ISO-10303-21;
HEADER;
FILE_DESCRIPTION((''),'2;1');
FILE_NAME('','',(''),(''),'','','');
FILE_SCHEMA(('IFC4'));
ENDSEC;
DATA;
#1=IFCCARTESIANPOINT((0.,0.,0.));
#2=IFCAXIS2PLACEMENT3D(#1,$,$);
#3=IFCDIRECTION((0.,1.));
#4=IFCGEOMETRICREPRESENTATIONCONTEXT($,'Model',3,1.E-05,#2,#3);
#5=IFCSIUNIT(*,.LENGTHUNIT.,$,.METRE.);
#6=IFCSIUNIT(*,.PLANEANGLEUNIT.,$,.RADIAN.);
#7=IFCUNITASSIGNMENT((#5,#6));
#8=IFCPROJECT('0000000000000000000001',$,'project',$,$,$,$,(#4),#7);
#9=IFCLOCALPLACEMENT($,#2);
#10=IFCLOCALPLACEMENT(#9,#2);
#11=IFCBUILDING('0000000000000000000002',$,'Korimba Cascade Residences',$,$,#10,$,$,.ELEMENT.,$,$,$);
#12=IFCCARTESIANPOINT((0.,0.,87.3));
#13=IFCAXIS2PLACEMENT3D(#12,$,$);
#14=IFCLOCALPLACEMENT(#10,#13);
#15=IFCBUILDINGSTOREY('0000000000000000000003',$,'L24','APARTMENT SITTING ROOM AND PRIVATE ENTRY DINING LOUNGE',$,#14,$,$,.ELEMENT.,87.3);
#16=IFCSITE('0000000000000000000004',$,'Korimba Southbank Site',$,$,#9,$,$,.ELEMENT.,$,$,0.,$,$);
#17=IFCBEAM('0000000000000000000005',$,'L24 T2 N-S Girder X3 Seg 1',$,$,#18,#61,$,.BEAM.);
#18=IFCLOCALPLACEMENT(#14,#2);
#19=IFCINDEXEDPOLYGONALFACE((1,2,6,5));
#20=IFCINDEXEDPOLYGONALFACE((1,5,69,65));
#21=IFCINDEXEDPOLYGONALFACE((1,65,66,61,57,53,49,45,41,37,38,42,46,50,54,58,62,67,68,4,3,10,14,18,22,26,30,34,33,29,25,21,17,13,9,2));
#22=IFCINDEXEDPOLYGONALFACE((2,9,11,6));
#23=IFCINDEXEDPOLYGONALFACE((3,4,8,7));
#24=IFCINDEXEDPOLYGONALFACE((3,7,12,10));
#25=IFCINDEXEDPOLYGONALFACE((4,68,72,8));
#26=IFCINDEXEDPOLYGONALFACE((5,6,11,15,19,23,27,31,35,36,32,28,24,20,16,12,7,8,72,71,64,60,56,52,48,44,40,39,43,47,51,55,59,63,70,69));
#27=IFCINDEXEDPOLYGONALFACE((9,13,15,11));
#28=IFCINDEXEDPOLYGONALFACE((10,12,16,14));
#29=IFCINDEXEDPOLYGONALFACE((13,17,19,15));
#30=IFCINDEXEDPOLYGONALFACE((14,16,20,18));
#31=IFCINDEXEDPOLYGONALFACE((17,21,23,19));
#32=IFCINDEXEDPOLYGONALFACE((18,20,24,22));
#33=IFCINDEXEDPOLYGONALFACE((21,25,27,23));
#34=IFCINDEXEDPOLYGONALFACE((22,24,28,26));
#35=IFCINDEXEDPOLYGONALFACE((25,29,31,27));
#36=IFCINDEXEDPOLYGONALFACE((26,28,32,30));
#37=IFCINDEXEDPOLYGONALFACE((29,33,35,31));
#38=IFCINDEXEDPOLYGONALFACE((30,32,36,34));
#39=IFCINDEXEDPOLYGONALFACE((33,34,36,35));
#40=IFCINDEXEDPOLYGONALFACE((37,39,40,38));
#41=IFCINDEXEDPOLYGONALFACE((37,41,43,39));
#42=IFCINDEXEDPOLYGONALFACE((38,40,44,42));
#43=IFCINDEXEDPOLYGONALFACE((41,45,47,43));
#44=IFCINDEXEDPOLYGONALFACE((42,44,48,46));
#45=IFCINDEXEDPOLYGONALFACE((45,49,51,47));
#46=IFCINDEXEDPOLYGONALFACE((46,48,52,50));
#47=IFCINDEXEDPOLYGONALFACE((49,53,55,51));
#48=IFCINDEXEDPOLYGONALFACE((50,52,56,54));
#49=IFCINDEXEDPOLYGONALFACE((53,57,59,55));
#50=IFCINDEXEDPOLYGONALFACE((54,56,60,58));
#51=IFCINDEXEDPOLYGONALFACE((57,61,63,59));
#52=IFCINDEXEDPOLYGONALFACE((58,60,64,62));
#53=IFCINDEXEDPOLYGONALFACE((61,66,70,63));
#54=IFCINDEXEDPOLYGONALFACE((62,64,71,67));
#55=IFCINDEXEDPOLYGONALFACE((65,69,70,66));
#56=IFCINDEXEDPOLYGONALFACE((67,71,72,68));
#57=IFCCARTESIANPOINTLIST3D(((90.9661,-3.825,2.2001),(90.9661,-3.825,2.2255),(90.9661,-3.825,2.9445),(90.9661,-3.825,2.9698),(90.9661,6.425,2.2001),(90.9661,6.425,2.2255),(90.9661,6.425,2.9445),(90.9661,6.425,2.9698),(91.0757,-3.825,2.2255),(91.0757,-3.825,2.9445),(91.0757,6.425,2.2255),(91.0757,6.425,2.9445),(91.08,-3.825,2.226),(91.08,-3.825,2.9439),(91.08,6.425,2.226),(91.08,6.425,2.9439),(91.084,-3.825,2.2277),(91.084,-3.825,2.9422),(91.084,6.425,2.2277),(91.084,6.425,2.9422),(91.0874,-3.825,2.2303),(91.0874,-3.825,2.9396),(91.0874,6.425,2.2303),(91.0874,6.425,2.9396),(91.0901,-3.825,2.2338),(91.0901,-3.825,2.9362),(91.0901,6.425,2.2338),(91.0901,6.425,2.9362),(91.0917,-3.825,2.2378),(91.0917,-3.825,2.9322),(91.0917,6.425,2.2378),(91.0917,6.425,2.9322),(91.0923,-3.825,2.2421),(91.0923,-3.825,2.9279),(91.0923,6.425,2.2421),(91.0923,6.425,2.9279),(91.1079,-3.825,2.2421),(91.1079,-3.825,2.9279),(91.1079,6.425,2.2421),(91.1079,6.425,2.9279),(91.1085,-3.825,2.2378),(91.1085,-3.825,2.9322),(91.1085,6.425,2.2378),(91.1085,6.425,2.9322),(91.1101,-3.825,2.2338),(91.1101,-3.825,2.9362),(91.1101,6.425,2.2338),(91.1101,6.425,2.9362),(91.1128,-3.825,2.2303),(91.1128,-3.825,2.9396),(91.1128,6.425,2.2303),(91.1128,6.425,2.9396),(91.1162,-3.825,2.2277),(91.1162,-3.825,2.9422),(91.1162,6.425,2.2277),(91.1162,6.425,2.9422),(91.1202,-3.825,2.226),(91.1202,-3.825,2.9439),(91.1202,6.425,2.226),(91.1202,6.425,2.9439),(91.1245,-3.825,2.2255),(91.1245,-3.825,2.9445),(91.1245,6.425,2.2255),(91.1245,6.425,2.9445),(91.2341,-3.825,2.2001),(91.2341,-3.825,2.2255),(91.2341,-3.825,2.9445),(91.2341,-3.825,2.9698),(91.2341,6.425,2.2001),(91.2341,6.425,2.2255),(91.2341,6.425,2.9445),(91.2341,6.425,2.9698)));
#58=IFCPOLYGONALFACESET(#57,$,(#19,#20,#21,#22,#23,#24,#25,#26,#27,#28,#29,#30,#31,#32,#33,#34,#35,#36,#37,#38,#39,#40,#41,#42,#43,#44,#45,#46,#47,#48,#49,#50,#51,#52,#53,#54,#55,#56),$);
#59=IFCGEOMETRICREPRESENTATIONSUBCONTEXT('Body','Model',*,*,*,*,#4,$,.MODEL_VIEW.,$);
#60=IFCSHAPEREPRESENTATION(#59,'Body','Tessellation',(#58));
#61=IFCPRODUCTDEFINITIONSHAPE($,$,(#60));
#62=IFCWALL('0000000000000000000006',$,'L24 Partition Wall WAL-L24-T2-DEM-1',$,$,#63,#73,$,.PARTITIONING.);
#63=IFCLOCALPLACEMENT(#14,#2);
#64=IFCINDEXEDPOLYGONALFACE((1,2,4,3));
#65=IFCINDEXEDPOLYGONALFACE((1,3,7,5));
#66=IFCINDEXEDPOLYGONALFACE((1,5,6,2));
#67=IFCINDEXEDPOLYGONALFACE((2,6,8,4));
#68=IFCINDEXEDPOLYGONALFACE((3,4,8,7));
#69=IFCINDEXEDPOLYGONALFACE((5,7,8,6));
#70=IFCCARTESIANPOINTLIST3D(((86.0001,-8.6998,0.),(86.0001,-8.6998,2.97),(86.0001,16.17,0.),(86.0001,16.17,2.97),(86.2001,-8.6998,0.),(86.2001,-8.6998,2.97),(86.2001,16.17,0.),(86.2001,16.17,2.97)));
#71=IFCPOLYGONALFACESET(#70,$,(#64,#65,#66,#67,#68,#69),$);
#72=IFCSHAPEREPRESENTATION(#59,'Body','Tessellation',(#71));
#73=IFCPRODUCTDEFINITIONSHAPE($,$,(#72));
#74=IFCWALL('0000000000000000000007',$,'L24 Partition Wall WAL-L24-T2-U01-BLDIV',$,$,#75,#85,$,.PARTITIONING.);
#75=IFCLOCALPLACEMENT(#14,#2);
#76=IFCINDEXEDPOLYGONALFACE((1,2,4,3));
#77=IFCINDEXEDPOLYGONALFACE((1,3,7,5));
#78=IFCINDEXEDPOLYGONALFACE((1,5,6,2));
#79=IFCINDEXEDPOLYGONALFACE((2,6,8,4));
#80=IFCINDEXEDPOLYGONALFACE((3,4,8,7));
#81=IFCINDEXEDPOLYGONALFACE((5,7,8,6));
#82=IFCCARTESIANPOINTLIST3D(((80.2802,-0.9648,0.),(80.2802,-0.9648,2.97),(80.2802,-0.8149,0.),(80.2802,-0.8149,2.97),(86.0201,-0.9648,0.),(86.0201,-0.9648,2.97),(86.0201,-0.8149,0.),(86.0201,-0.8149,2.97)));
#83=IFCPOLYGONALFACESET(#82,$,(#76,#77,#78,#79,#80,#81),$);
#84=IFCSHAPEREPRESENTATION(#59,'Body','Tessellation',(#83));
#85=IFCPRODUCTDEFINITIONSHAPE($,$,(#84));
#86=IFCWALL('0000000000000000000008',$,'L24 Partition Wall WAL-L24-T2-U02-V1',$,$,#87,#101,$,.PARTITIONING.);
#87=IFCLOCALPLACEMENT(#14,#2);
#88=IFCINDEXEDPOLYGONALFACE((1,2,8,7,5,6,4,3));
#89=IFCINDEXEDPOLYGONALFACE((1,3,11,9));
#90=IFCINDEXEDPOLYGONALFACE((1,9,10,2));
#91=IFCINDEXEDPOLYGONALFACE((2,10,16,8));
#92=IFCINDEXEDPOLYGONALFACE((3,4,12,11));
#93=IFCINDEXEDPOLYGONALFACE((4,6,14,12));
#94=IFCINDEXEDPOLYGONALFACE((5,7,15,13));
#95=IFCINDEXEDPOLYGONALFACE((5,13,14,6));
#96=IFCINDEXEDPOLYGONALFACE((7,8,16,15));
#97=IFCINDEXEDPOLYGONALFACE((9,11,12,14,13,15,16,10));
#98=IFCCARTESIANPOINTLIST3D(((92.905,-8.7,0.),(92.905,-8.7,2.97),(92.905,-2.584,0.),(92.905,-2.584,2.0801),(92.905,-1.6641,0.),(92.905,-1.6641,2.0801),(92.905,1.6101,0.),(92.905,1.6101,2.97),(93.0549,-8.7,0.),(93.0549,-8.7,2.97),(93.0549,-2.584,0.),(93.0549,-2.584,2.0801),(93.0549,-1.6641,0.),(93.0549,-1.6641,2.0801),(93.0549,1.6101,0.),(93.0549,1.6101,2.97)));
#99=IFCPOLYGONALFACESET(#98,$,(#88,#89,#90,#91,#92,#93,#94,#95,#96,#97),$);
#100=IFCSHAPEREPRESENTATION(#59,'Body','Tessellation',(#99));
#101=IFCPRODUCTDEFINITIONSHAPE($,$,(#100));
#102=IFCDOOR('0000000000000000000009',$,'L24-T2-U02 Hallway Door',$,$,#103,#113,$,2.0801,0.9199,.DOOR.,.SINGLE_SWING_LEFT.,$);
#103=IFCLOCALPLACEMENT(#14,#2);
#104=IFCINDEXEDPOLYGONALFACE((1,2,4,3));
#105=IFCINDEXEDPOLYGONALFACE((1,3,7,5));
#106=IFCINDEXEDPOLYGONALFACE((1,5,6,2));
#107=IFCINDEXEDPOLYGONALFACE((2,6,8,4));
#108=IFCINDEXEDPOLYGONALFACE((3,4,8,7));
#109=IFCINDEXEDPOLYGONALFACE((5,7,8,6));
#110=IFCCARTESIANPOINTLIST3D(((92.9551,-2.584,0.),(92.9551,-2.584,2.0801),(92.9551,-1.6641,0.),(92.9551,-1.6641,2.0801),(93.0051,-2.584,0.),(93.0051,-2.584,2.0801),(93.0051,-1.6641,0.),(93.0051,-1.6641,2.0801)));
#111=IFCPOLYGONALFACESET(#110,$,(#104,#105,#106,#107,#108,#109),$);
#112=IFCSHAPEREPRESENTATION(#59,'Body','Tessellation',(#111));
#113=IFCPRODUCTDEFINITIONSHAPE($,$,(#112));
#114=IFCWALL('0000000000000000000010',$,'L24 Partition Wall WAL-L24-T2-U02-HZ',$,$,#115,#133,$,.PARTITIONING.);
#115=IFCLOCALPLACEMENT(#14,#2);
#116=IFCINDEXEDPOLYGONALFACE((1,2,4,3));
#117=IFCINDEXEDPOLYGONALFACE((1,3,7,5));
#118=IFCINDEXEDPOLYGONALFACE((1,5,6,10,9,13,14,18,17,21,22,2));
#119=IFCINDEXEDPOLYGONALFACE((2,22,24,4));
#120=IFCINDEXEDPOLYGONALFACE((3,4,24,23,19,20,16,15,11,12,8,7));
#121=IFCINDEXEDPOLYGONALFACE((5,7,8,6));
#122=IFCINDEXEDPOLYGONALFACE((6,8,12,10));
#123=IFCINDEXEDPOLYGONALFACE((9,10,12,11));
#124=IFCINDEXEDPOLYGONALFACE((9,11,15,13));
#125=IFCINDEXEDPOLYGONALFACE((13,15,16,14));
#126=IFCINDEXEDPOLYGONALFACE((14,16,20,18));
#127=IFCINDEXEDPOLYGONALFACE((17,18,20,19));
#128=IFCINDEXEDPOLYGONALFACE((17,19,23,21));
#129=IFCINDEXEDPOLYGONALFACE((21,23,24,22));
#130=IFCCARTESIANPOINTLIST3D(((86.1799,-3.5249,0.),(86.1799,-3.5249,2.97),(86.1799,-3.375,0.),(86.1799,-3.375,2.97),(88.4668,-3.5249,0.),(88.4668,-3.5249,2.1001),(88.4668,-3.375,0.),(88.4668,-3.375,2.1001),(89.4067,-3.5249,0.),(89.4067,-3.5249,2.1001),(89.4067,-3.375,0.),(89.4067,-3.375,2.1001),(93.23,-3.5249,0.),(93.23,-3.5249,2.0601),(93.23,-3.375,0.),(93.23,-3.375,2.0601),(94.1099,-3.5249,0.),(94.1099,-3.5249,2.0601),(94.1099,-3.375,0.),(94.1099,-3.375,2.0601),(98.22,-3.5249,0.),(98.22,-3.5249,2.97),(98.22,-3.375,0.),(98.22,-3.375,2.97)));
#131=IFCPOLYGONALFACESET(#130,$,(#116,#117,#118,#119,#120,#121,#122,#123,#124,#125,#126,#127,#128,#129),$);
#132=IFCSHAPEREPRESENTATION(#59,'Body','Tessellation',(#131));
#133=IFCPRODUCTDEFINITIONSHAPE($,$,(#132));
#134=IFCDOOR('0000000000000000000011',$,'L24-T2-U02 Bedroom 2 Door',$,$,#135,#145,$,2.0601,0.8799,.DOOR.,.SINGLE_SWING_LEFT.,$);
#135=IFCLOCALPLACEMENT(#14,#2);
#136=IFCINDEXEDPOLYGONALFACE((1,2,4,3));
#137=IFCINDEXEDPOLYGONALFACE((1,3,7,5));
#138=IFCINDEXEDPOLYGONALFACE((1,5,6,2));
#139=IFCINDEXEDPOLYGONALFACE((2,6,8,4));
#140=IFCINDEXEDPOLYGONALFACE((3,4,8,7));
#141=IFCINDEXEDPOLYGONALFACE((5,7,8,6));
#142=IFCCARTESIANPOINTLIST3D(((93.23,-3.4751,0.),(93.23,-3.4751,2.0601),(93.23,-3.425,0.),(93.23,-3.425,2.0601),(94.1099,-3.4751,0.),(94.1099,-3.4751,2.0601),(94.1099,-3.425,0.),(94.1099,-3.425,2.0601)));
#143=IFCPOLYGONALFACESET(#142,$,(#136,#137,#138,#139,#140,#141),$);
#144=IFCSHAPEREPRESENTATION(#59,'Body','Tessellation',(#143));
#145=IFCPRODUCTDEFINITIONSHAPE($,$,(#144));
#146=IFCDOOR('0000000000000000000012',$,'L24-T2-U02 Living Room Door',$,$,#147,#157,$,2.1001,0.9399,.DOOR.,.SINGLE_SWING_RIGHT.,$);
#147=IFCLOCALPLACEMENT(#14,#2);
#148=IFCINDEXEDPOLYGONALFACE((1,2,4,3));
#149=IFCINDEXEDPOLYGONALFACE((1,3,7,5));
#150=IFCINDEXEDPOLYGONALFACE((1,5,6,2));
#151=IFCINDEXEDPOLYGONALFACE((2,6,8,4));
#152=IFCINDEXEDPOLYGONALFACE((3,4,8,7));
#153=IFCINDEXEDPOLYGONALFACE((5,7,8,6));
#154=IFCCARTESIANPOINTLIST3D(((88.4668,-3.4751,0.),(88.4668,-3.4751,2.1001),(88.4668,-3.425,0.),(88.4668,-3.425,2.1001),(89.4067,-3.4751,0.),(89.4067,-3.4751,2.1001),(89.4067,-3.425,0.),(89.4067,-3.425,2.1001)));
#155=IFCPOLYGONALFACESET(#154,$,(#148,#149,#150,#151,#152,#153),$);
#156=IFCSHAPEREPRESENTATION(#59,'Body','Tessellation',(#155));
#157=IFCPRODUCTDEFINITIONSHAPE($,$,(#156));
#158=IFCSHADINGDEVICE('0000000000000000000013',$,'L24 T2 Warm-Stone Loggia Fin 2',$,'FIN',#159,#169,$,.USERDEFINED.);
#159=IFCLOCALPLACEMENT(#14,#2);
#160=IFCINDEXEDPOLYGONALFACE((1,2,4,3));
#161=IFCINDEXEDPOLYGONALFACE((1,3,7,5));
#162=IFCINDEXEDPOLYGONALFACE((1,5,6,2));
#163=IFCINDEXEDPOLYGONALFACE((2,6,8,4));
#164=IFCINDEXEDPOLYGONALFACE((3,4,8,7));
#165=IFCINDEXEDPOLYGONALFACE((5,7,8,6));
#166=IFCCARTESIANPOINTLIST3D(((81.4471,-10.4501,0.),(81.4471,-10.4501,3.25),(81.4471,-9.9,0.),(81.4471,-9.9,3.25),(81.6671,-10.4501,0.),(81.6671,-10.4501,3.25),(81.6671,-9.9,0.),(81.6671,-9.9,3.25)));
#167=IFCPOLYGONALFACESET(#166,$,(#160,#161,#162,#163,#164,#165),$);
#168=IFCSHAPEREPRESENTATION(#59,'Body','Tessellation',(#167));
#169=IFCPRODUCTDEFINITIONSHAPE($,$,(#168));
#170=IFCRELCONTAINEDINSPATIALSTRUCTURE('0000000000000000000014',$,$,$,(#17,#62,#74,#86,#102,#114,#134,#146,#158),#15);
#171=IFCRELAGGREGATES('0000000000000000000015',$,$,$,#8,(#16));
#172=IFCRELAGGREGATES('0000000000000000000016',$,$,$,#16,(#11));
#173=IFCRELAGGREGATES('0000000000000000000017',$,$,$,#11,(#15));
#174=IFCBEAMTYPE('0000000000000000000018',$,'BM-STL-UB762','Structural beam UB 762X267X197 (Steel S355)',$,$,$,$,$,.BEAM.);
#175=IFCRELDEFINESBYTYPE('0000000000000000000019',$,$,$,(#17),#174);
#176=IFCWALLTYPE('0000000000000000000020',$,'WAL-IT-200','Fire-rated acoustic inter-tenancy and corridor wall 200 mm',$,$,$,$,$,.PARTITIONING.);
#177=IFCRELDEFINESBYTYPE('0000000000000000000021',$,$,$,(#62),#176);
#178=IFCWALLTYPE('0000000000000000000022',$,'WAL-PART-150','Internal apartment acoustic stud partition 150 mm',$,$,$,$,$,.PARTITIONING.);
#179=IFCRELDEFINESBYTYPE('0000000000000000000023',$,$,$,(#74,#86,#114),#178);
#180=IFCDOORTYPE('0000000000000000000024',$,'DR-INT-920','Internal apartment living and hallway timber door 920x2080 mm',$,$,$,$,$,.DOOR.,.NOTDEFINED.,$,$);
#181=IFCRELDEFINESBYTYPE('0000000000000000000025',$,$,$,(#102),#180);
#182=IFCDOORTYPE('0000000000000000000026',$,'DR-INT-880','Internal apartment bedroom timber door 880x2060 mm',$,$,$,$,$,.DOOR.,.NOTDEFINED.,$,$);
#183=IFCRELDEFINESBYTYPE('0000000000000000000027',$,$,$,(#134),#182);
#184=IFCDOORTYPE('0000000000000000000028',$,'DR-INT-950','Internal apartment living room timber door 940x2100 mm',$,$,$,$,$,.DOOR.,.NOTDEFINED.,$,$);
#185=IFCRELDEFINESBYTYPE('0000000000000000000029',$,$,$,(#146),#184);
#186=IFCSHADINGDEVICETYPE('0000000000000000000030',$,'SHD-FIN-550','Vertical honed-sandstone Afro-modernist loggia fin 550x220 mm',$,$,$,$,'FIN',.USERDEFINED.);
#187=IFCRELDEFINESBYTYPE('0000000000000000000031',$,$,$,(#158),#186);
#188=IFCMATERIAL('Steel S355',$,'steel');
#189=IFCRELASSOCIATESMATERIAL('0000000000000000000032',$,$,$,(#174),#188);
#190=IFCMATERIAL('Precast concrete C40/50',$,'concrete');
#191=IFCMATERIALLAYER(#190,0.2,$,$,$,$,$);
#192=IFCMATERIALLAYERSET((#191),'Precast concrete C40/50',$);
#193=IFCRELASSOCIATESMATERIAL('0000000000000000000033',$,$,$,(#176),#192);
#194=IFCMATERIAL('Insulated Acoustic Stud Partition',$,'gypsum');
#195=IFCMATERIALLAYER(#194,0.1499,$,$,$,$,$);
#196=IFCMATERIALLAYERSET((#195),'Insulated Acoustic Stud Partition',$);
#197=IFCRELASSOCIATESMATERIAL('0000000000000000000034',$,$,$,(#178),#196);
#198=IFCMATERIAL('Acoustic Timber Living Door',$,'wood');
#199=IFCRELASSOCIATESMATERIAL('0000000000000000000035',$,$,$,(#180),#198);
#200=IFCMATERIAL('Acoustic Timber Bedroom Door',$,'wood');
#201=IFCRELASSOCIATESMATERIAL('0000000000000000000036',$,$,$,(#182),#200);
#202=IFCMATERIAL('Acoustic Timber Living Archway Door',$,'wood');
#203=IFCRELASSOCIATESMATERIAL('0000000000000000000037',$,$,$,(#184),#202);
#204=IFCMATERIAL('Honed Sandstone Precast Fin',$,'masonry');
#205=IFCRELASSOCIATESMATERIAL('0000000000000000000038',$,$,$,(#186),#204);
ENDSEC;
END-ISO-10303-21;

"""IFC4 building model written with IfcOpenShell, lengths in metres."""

from ifc_helpers import new_model, si_unit, direction, frame, frame_2d, origin, origin_2d, place, context, subcontext, project, spatial, rectangle, i_section, extrude, material, layer, layer_set, material_profile, profile_set, type_object, element, fill, save


model = new_model("IFC4")

# Units and contexts
model_context = context("Model", 3, precision=1e-05, world=origin(), true_north=direction((0.0, 1.0)))
body_context = subcontext(model_context, "Body", "Model", "MODEL_VIEW")
ifc_project = project(units=[si_unit("LENGTHUNIT", "METRE"), si_unit("PLANEANGLEUNIT", "RADIAN")], contexts=[model_context])

# Site, building, storey
site_placement = place(None, origin())
site = spatial("IfcSite", under=ifc_project, at=site_placement, Name="Korimba Southbank Site", CompositionType="ELEMENT", RefElevation=0.0)
building_placement = place(site_placement, origin())
building = spatial("IfcBuilding", under=site, at=building_placement, Name="Korimba Cascade Residences", CompositionType="ELEMENT")
storey_placement = place(building_placement, frame((0.0, 0.0, 87.3)))
storey = spatial("IfcBuildingStorey", under=building, at=storey_placement, Name="L24", Description="APARTMENT SITTING ROOM AND PRIVATE ENTRY DINING LOUNGE", CompositionType="ELEMENT", Elevation=87.3)

# Beam
ifc_material_1 = material(Name="Steel S355", Category="steel")
ifc_material_profile_1 = material_profile(ifc_material_1, i_section(OverallWidth=0.2681, OverallDepth=0.7698, WebThickness=0.0156, FlangeThickness=0.0254, FilletRadius=0.0166, at=origin_2d()), Name="Steel S355")
ifc_profile_set_1 = profile_set([ifc_material_profile_1], Name="Steel S355")
beam_type_1 = type_object("IfcBeamType", Name="BM-STL-UB762", Description="Structural beam UB 762X267X197 (Steel S355)", PredefinedType="BEAM", material=ifc_profile_set_1)
for number, where, z_axis, x_axis, name in (
    (1, (91.1001, -3.825, 2.585), (0.0, 1.0, 0.0), (-1.0, 0.0, 0.0), "L24 T2 N-S Girder X3 Seg 1"),
):
    element("IfcBeam", number, at=place(storey_placement, frame(where, z_axis=z_axis, x_axis=x_axis)), inside=storey, type_object=beam_type_1, Name=name, PredefinedType="BEAM", context=body_context, shape_type="SweptSolid", body=[
        extrude(i_section(OverallWidth=0.2681, OverallDepth=0.7698, WebThickness=0.0156, FlangeThickness=0.0254, FilletRadius=0.0166, at=origin_2d()), origin(), (0.0, 0.0, 1.0), 10.25),
    ])

# Walls
ifc_material_2 = material(Name="Precast concrete C40/50", Category="concrete")
ifc_layer_1 = layer(ifc_material_2, 0.2)
ifc_layer_set_1 = layer_set([ifc_layer_1], Name="Precast concrete C40/50")
wall_type_1 = type_object("IfcWallType", Name="WAL-IT-200", Description="Fire-rated acoustic inter-tenancy and corridor wall 200 mm", PredefinedType="PARTITIONING", material=ifc_layer_set_1)
wall_1_placement = place(storey_placement, frame((86.1001, -8.7, 0.0), z_axis=(0.0, 0.0, 1.0), x_axis=(0.0, 1.0, 0.0)))
element("IfcWall", 2, at=wall_1_placement, inside=storey, type_object=wall_type_1, Name="L24 Partition Wall WAL-L24-T2-DEM-1", PredefinedType="PARTITIONING", context=body_context, shape_type="SweptSolid", body=[
    extrude(rectangle(XDim=24.8699, YDim=0.2, at=frame_2d((12.4351, 0.0))), origin(), (0.0, 0.0, 1.0), 2.97),
])
ifc_material_3 = material(Name="Insulated Acoustic Stud Partition", Category="gypsum")
ifc_layer_2 = layer(ifc_material_3, 0.1499)
ifc_layer_set_2 = layer_set([ifc_layer_2], Name="Insulated Acoustic Stud Partition")
wall_type_2 = type_object("IfcWallType", Name="WAL-PART-150", Description="Internal apartment acoustic stud partition 150 mm", PredefinedType="PARTITIONING", material=ifc_layer_set_2)
wall_2_placement = place(storey_placement, frame((80.28, -0.8899, 0.0), z_axis=(0.0, 0.0, 1.0), x_axis=(1.0, 0.0, 0.0)))
element("IfcWall", 3, at=wall_2_placement, inside=storey, type_object=wall_type_2, Name="L24 Partition Wall WAL-L24-T2-U01-BLDIV", PredefinedType="PARTITIONING", context=body_context, shape_type="SweptSolid", body=[
    extrude(rectangle(XDim=5.74, YDim=0.1499, at=frame_2d((2.8701, 0.0))), origin(), (0.0, 0.0, 1.0), 2.97),
])

# Wall, opening, door
wall_3_placement = place(storey_placement, frame((92.98, -8.7, 0.0), z_axis=(0.0, 0.0, 1.0), x_axis=(0.0, 1.0, 0.0)))
wall_3 = element("IfcWall", 4, at=wall_3_placement, inside=storey, type_object=wall_type_2, Name="L24 Partition Wall WAL-L24-T2-U02-V1", PredefinedType="PARTITIONING", context=body_context, shape_type="SweptSolid", body=[
    extrude(rectangle(XDim=10.3101, YDim=0.1499, at=frame_2d((5.155, 0.0))), origin(), (0.0, 0.0, 1.0), 2.97),
])
opening_1_placement = place(wall_3_placement, frame((6.116, 0.0, 0.0)))
opening_1 = element("IfcOpeningElement", 5, at=opening_1_placement, cuts=wall_3, PredefinedType="OPENING", context=body_context, shape_type="SweptSolid", body=[
    extrude(rectangle(XDim=0.9199, YDim=2.0801, at=frame_2d((0.46, 1.04))), frame((0.0, 0.085, 0.0), z_axis=(0.0, -1.0, 0.0), x_axis=(1.0, 0.0, 0.0)), (0.0, 0.0, 1.0), 0.1699),
])
ifc_material_4 = material(Name="Acoustic Timber Living Door", Category="wood")
door_type_1 = type_object("IfcDoorType", Name="DR-INT-920", Description="Internal apartment living and hallway timber door 920x2080 mm", OperationType="NOTDEFINED", PredefinedType="DOOR", material=ifc_material_4)
door_1_placement = place(opening_1_placement, origin())
door_1 = element("IfcDoor", 6, at=door_1_placement, inside=storey, type_object=door_type_1, Name="L24-T2-U02 Hallway Door", OperationType="SINGLE_SWING_LEFT", OverallHeight=2.0801, OverallWidth=0.9199, PredefinedType="DOOR", context=body_context, shape_type="SweptSolid", body=[
    extrude(rectangle(XDim=0.9199, YDim=2.0801, at=frame_2d((0.46, 1.04))), frame((0.0, 0.0249, 0.0), z_axis=(0.0, -1.0, 0.0), x_axis=(1.0, 0.0, 0.0)), (0.0, 0.0, 1.0), 0.05),
])
fill(opening_1, door_1)

# Wall, openings, doors
wall_4_placement = place(storey_placement, frame((86.1799, -3.45, 0.0), z_axis=(0.0, 0.0, 1.0), x_axis=(1.0, 0.0, 0.0)))
wall_4 = element("IfcWall", 7, at=wall_4_placement, inside=storey, type_object=wall_type_2, Name="L24 Partition Wall WAL-L24-T2-U02-HZ", PredefinedType="PARTITIONING", context=body_context, shape_type="SweptSolid", body=[
    extrude(rectangle(XDim=12.04, YDim=0.1499, at=frame_2d((6.02, 0.0))), origin(), (0.0, 0.0, 1.0), 2.97),
])
opening_2_placement = place(wall_4_placement, frame((2.2869, 0.0, 0.0)))
opening_2 = element("IfcOpeningElement", 8, at=opening_2_placement, cuts=wall_4, PredefinedType="OPENING", context=body_context, shape_type="SweptSolid", body=[
    extrude(rectangle(XDim=0.9399, YDim=2.1001, at=frame_2d((0.47, 1.05))), frame((0.0, 0.085, 0.0), z_axis=(0.0, -1.0, 0.0), x_axis=(1.0, 0.0, 0.0)), (0.0, 0.0, 1.0), 0.1699),
])
opening_3_placement = place(wall_4_placement, frame((7.05, 0.0, 0.0)))
opening_3 = element("IfcOpeningElement", 9, at=opening_3_placement, cuts=wall_4, PredefinedType="OPENING", context=body_context, shape_type="SweptSolid", body=[
    extrude(rectangle(XDim=0.8799, YDim=2.0601, at=frame_2d((0.4399, 1.03))), frame((0.0, 0.085, 0.0), z_axis=(0.0, -1.0, 0.0), x_axis=(1.0, 0.0, 0.0)), (0.0, 0.0, 1.0), 0.1699),
])
ifc_material_5 = material(Name="Acoustic Timber Bedroom Door", Category="wood")
door_type_2 = type_object("IfcDoorType", Name="DR-INT-880", Description="Internal apartment bedroom timber door 880x2060 mm", OperationType="NOTDEFINED", PredefinedType="DOOR", material=ifc_material_5)
door_2_placement = place(opening_3_placement, origin())
door_2 = element("IfcDoor", 10, at=door_2_placement, inside=storey, type_object=door_type_2, Name="L24-T2-U02 Bedroom 2 Door", OperationType="SINGLE_SWING_LEFT", OverallHeight=2.0601, OverallWidth=0.8799, PredefinedType="DOOR", context=body_context, shape_type="SweptSolid", body=[
    extrude(rectangle(XDim=0.8799, YDim=2.0601, at=frame_2d((0.4399, 1.03))), frame((0.0, 0.0249, 0.0), z_axis=(0.0, -1.0, 0.0), x_axis=(1.0, 0.0, 0.0)), (0.0, 0.0, 1.0), 0.05),
])
fill(opening_3, door_2)
ifc_material_6 = material(Name="Acoustic Timber Living Archway Door", Category="wood")
door_type_3 = type_object("IfcDoorType", Name="DR-INT-950", Description="Internal apartment living room timber door 940x2100 mm", OperationType="NOTDEFINED", PredefinedType="DOOR", material=ifc_material_6)
door_3_placement = place(opening_2_placement, origin())
door_3 = element("IfcDoor", 11, at=door_3_placement, inside=storey, type_object=door_type_3, Name="L24-T2-U02 Living Room Door", OperationType="SINGLE_SWING_RIGHT", OverallHeight=2.1001, OverallWidth=0.9399, PredefinedType="DOOR", context=body_context, shape_type="SweptSolid", body=[
    extrude(rectangle(XDim=0.9399, YDim=2.1001, at=frame_2d((0.47, 1.05))), frame((0.0, 0.0249, 0.0), z_axis=(0.0, -1.0, 0.0), x_axis=(1.0, 0.0, 0.0)), (0.0, 0.0, 1.0), 0.05),
])
fill(opening_2, door_3)

# Shading device
ifc_material_7 = material(Name="Honed Sandstone Precast Fin", Category="masonry")
shading_device_type = type_object("IfcShadingDeviceType", Name="SHD-FIN-550", Description="Vertical honed-sandstone Afro-modernist loggia fin 550x220 mm", ElementType="FIN", PredefinedType="USERDEFINED", material=ifc_material_7)
for number, where, z_axis, x_axis, name in (
    (12, (81.5571, -10.175, 0.0), (0.0, 0.0, 1.0), (1.0, 0.0, 0.0), "L24 T2 Warm-Stone Loggia Fin 2"),
):
    element("IfcShadingDevice", number, at=place(storey_placement, frame(where, z_axis=z_axis, x_axis=x_axis)), inside=storey, type_object=shading_device_type, Name=name, ObjectType="FIN", PredefinedType="USERDEFINED", context=body_context, shape_type="SweptSolid", body=[
        extrude(rectangle(XDim=0.22, YDim=0.55, at=origin_2d()), origin(), (0.0, 0.0, 1.0), 3.25),
    ])

save(model, "model.ifc")
